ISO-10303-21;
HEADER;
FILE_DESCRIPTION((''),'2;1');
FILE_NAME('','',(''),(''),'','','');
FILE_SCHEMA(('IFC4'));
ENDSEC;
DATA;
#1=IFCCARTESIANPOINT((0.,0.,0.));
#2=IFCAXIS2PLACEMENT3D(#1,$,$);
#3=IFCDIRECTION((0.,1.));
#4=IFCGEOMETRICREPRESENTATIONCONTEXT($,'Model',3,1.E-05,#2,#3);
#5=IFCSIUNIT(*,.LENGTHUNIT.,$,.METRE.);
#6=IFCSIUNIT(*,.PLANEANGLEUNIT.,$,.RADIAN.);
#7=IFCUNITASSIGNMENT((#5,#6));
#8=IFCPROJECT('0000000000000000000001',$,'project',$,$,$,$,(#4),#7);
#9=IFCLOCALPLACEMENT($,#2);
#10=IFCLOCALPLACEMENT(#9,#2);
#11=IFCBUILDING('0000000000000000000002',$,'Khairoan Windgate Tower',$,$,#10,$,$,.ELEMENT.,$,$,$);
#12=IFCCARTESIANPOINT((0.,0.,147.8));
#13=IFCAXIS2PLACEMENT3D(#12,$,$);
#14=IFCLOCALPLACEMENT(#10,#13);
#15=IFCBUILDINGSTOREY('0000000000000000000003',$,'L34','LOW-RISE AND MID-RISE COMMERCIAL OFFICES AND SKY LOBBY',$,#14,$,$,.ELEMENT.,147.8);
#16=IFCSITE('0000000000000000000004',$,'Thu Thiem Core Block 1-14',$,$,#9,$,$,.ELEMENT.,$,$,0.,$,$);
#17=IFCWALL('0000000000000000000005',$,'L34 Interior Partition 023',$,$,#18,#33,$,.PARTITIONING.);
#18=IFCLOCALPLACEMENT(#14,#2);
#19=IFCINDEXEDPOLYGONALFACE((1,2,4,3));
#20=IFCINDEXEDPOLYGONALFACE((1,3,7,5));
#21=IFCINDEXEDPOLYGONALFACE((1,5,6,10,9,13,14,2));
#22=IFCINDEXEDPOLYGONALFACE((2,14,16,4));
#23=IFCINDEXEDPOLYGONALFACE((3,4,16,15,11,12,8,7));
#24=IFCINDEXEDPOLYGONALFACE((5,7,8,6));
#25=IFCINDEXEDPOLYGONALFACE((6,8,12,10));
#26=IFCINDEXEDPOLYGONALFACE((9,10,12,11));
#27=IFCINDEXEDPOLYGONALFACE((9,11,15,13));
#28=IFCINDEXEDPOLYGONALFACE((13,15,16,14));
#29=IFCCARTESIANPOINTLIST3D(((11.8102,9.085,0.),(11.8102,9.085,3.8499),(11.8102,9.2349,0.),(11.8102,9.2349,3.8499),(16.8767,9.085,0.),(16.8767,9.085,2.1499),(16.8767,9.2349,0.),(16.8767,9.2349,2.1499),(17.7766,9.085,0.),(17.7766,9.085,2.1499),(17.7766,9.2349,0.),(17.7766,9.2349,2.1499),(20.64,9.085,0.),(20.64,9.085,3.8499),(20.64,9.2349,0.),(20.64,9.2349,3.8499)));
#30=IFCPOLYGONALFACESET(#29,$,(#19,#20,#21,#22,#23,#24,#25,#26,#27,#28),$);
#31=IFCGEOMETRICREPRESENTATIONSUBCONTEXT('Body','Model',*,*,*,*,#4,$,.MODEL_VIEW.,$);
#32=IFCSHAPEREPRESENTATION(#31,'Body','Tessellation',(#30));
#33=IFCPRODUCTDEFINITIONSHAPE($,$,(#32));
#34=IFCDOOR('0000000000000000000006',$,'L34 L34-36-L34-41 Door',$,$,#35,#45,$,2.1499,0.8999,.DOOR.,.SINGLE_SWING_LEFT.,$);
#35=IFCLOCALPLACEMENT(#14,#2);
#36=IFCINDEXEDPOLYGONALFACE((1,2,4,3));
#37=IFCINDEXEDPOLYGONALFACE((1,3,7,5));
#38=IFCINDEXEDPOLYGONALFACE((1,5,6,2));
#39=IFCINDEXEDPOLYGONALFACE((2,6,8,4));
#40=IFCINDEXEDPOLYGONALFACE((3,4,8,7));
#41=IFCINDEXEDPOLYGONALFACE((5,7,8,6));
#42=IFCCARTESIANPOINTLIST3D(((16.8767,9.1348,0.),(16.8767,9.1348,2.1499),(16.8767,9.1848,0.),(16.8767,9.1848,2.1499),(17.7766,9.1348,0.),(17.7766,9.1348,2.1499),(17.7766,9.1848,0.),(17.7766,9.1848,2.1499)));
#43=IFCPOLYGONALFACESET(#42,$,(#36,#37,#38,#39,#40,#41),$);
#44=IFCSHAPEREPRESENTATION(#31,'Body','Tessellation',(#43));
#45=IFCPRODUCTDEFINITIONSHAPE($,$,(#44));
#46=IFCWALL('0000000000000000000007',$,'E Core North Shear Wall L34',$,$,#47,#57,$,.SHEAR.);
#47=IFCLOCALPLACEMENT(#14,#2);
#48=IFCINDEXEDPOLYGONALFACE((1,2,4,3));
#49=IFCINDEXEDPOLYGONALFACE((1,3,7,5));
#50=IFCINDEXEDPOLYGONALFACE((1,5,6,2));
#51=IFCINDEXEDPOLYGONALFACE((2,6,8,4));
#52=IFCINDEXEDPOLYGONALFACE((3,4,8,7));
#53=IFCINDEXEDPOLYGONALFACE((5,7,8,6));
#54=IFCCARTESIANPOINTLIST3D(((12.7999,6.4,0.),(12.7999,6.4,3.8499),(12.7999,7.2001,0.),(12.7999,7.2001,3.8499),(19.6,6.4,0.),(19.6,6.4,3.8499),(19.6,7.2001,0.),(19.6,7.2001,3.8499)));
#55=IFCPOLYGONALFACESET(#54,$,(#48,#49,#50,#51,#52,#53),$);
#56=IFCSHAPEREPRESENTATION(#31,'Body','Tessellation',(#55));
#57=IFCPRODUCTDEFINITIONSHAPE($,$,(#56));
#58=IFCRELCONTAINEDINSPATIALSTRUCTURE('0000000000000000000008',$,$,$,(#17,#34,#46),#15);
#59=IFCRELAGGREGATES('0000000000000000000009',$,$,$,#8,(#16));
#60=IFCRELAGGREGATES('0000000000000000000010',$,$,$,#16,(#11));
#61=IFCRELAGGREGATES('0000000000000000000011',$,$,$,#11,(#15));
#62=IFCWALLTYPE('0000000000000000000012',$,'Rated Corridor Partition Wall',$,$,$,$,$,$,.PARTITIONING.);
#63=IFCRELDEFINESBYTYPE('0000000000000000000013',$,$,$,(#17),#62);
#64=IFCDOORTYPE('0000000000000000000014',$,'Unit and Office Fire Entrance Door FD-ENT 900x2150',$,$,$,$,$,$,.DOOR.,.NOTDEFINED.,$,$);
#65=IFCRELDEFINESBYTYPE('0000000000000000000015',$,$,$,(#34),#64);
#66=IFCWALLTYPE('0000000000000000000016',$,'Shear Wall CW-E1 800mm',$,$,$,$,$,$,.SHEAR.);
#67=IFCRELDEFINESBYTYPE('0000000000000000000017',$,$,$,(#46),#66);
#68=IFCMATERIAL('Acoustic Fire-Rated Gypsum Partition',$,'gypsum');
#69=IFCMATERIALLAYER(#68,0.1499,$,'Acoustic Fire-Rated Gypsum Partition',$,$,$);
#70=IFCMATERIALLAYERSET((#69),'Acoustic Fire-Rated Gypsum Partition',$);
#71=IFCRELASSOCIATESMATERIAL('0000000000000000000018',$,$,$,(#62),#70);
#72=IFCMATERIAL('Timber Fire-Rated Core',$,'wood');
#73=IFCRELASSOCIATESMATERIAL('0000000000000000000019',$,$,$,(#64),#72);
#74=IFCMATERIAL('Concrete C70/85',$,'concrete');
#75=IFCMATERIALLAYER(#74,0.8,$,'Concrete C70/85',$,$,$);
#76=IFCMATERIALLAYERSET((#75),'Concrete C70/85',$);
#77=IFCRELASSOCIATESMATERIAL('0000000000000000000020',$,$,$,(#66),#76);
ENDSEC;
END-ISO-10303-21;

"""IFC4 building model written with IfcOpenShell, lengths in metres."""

from ifc_helpers import new_model, si_unit, direction, frame, frame_2d, origin, place, context, subcontext, project, spatial, rectangle, extrude, material, layer, layer_set, type_object, element, fill, save


model = new_model("IFC4")

# Units and contexts
model_context = context("Model", 3, precision=1e-05, world=origin(), true_north=direction((0.0, 1.0)))
body_context = subcontext(model_context, "Body", "Model", "MODEL_VIEW")
ifc_project = project(units=[si_unit("LENGTHUNIT", "METRE"), si_unit("PLANEANGLEUNIT", "RADIAN")], contexts=[model_context])

# Site, building, storey
site_placement = place(None, origin())
site = spatial("IfcSite", under=ifc_project, at=site_placement, Name="Thu Thiem Core Block 1-14", CompositionType="ELEMENT", RefElevation=0.0)
building_placement = place(site_placement, origin())
building = spatial("IfcBuilding", under=site, at=building_placement, Name="Khairoan Windgate Tower", CompositionType="ELEMENT")
storey_placement = place(building_placement, frame((0.0, 0.0, 147.8)))
storey = spatial("IfcBuildingStorey", under=building, at=storey_placement, Name="L34", Description="LOW-RISE AND MID-RISE COMMERCIAL OFFICES AND SKY LOBBY", CompositionType="ELEMENT", Elevation=147.8)

# Wall, opening, door
ifc_material_1 = material(Name="Acoustic Fire-Rated Gypsum Partition", Category="gypsum")
ifc_layer_1 = layer(ifc_material_1, 0.1499, Name="Acoustic Fire-Rated Gypsum Partition")
ifc_layer_set_1 = layer_set([ifc_layer_1], Name="Acoustic Fire-Rated Gypsum Partition")
wall_type_1 = type_object("IfcWallType", Name="Rated Corridor Partition Wall", PredefinedType="PARTITIONING", material=ifc_layer_set_1)
wall_1_placement = place(storey_placement, frame((11.8101, 9.1599, 0.0), z_axis=(0.0, 0.0, 1.0), x_axis=(1.0, 0.0, 0.0)))
wall_1 = element("IfcWall", 1, at=wall_1_placement, inside=storey, type_object=wall_type_1, Name="L34 Interior Partition 023", PredefinedType="PARTITIONING", context=body_context, shape_type="SweptSolid", body=[
    extrude(rectangle(XDim=8.8298, YDim=0.1499, at=frame_2d((4.415, 0.0))), origin(), (0.0, 0.0, 1.0), 3.8499),
])
opening_placement = place(wall_1_placement, frame((5.0667, 0.0, 0.0)))
opening = element("IfcOpeningElement", 2, at=opening_placement, cuts=wall_1, PredefinedType="OPENING", context=body_context, shape_type="SweptSolid", body=[
    extrude(rectangle(XDim=0.8999, YDim=2.1499, at=frame_2d((0.45, 1.075))), frame((0.0, 0.085, 0.0), z_axis=(0.0, -1.0, 0.0), x_axis=(1.0, 0.0, 0.0)), (0.0, 0.0, 1.0), 0.1699),
])
ifc_material_2 = material(Name="Timber Fire-Rated Core", Category="wood")
door_type = type_object("IfcDoorType", Name="Unit and Office Fire Entrance Door FD-ENT 900x2150", OperationType="NOTDEFINED", PredefinedType="DOOR", material=ifc_material_2)
door_placement = place(opening_placement, origin())
door = element("IfcDoor", 3, at=door_placement, inside=storey, type_object=door_type, Name="L34 L34-36-L34-41 Door", OperationType="SINGLE_SWING_LEFT", OverallHeight=2.1499, OverallWidth=0.8999, PredefinedType="DOOR", context=body_context, shape_type="SweptSolid", body=[
    extrude(rectangle(XDim=0.8999, YDim=2.1499, at=frame_2d((0.45, 1.075))), frame((0.0, 0.0249, 0.0), z_axis=(0.0, -1.0, 0.0), x_axis=(1.0, 0.0, 0.0)), (0.0, 0.0, 1.0), 0.05),
])
fill(opening, door)

# Wall
ifc_material_3 = material(Name="Concrete C70/85", Category="concrete")
ifc_layer_2 = layer(ifc_material_3, 0.8, Name="Concrete C70/85")
ifc_layer_set_2 = layer_set([ifc_layer_2], Name="Concrete C70/85")
wall_type_2 = type_object("IfcWallType", Name="Shear Wall CW-E1 800mm", PredefinedType="SHEAR", material=ifc_layer_set_2)
wall_2_placement = place(storey_placement, frame((12.8, 6.8, 0.0), z_axis=(0.0, 0.0, 1.0), x_axis=(1.0, 0.0, 0.0)))
element("IfcWall", 4, at=wall_2_placement, inside=storey, type_object=wall_type_2, Name="E Core North Shear Wall L34", PredefinedType="SHEAR", context=body_context, shape_type="SweptSolid", body=[
    extrude(rectangle(XDim=6.8, YDim=0.8, at=frame_2d((3.3999, 0.0))), origin(), (0.0, 0.0, 1.0), 3.8499),
])

save(model, "model.ifc")
